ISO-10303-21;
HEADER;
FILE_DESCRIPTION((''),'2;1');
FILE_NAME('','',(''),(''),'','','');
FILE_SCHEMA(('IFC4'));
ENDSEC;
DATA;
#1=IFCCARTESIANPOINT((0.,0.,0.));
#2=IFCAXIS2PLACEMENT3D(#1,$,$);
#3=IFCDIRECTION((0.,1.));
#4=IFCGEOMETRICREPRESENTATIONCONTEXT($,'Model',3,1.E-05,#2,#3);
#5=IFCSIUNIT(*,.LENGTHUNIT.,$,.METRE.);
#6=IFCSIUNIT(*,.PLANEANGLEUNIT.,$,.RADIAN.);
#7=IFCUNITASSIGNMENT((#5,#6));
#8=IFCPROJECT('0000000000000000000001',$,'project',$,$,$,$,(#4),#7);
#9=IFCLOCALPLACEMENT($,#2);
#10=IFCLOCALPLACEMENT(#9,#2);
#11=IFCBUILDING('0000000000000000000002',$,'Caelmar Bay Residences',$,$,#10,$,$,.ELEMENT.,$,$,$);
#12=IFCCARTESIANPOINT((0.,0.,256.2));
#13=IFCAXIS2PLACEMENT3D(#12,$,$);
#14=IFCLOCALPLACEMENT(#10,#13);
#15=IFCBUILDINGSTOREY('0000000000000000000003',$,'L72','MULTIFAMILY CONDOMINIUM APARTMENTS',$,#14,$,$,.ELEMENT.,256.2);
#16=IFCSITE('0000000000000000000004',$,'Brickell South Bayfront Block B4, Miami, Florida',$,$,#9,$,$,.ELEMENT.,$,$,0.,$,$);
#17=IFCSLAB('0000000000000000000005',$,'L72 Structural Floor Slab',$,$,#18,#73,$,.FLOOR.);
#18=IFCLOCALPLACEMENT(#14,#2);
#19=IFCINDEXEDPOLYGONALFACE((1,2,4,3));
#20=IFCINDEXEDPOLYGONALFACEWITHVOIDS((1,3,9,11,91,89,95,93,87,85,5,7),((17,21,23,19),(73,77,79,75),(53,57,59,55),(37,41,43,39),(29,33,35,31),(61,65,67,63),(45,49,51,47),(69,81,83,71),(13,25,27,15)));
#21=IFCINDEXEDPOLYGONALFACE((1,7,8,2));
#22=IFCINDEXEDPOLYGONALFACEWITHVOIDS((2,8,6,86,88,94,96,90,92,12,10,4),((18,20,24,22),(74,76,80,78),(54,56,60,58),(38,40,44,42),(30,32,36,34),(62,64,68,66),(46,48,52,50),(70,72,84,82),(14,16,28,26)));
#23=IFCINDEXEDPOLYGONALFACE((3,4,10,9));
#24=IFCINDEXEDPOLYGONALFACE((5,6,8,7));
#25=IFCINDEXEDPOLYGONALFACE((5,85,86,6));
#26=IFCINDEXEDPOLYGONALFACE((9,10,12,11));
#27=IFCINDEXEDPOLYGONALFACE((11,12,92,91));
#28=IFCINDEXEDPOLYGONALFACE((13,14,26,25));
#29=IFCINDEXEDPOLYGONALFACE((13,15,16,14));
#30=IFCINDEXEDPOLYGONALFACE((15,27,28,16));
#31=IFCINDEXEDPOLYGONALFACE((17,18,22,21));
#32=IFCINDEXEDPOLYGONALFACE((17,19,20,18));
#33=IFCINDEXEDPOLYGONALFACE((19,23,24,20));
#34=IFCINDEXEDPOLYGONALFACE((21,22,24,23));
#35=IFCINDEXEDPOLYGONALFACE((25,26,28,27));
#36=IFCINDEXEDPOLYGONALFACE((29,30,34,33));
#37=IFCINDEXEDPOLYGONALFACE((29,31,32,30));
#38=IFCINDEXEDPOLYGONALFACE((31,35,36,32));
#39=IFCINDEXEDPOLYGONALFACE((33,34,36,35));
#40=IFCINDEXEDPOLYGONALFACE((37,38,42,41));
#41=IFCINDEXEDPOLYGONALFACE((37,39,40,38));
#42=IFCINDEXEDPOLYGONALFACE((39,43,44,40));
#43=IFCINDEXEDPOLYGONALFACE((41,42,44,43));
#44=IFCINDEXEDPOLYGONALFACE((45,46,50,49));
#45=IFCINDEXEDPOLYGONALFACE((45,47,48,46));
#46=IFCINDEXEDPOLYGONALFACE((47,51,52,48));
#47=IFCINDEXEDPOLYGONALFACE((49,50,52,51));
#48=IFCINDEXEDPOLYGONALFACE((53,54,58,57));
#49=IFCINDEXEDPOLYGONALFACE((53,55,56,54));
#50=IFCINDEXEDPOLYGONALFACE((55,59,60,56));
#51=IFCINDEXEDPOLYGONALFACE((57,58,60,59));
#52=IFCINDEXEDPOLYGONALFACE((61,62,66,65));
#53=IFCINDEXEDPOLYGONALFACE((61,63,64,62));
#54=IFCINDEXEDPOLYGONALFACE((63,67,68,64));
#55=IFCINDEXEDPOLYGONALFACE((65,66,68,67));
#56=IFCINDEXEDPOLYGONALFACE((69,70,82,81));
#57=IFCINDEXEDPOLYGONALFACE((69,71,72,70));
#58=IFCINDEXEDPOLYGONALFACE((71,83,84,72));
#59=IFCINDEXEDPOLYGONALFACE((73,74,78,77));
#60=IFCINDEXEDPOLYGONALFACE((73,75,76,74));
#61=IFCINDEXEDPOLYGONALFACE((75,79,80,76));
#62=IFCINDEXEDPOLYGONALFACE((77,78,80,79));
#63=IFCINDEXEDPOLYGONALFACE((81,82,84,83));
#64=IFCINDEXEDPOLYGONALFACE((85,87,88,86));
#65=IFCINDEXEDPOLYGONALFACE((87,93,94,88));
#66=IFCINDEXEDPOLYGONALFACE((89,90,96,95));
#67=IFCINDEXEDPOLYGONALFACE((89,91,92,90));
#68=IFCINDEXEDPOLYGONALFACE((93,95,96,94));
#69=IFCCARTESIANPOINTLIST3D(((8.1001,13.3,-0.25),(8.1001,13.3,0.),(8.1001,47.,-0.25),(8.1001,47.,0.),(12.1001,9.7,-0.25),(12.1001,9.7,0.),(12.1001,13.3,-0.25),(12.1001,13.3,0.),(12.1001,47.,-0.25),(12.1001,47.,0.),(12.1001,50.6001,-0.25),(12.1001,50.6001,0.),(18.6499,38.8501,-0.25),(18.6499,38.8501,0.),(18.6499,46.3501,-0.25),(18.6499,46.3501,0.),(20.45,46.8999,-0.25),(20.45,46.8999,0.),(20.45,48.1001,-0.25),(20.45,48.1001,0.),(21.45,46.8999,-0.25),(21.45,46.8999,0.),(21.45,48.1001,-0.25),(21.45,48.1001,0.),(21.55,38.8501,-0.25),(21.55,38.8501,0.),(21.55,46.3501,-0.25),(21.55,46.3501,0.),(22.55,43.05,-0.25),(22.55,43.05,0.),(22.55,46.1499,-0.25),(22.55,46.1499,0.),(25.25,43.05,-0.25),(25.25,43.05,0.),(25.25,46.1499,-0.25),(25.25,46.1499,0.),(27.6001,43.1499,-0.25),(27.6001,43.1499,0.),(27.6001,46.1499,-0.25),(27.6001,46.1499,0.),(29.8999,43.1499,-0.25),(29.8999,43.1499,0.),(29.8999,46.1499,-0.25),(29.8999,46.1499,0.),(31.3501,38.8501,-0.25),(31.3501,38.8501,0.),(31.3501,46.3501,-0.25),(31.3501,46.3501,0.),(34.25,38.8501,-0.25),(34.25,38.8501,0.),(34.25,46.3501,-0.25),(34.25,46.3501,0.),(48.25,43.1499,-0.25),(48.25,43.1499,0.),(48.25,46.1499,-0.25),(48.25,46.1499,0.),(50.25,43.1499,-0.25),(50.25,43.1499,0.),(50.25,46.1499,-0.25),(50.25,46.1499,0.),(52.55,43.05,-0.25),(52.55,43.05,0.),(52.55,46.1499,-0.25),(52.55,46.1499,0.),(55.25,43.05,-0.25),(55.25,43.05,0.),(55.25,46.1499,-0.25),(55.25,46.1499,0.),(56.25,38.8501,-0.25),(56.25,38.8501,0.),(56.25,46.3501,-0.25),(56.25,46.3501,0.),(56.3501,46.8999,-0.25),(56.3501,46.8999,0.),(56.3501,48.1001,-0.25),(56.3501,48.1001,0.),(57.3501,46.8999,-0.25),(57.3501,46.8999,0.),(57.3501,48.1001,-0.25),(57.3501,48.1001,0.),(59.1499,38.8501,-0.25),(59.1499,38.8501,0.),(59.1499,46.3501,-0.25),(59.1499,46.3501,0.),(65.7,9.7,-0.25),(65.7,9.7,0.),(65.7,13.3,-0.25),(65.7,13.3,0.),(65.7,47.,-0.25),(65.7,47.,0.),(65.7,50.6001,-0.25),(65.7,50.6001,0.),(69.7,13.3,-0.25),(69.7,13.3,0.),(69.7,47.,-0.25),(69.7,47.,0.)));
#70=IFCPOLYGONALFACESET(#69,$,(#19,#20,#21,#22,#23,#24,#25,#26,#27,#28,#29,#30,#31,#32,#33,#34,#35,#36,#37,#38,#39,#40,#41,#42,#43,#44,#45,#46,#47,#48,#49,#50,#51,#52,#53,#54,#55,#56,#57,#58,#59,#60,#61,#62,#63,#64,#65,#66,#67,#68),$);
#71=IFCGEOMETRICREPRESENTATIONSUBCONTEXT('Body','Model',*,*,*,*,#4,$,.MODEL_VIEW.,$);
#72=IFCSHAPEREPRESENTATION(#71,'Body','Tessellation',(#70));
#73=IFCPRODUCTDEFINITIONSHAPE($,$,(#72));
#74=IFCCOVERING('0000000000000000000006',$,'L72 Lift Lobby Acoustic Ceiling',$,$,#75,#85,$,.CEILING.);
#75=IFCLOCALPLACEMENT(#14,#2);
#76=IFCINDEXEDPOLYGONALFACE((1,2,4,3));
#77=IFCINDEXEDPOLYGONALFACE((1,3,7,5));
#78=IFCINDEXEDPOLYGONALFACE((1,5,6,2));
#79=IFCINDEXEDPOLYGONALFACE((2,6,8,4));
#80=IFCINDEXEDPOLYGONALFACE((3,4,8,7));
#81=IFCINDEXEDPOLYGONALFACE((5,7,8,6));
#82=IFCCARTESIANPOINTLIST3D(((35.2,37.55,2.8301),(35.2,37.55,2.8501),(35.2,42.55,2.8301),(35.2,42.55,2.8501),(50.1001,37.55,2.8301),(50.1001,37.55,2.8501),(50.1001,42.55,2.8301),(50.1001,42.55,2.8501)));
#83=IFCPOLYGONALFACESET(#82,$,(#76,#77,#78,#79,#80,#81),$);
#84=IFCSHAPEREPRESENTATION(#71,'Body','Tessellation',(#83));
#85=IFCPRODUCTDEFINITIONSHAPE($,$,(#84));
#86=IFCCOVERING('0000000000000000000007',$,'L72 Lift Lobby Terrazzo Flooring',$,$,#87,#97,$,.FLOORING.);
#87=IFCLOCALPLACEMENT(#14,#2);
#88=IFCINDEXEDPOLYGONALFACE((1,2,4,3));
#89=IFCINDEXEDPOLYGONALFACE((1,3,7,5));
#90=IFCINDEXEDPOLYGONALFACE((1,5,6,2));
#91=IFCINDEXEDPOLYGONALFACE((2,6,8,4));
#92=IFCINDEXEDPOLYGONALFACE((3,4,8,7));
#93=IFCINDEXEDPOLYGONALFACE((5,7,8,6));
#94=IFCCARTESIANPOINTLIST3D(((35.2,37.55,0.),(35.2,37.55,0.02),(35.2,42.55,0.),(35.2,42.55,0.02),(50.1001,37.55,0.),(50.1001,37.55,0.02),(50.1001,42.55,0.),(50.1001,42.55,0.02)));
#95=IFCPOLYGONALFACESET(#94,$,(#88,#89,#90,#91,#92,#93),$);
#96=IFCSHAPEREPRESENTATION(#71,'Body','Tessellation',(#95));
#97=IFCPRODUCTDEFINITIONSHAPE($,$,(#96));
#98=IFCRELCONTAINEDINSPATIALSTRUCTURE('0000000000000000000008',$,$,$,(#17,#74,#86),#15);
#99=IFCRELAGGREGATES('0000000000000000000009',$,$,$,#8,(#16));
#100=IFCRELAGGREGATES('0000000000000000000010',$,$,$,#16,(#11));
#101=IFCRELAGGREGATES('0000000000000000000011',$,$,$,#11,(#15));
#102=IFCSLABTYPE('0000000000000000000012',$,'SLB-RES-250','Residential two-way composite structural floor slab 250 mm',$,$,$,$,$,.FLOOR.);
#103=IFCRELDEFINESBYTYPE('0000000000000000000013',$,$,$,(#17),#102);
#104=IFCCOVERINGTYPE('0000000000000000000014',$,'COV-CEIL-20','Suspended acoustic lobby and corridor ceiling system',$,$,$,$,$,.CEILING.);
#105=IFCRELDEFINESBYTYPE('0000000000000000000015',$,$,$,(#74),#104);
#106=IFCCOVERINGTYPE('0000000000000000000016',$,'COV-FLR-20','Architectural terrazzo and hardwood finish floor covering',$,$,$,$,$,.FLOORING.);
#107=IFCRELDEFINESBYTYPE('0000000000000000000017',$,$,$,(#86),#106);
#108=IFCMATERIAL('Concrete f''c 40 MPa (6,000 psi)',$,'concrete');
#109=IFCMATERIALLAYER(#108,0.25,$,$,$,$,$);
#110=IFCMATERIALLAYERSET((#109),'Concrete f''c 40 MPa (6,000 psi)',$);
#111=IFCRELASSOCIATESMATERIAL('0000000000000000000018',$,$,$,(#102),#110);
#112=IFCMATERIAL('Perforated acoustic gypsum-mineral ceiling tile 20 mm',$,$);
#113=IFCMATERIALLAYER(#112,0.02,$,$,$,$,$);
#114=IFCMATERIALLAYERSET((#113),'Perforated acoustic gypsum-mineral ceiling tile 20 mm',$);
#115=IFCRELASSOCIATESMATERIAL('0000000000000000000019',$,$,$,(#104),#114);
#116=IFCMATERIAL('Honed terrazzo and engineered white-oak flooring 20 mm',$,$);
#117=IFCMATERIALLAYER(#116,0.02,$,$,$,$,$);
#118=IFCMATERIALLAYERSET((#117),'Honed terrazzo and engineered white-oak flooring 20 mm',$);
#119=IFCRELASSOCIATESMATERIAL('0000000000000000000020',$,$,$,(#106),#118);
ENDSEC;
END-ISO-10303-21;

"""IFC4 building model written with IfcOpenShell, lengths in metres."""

from ifc_helpers import new_model, si_unit, direction, frame, origin, place, context, subcontext, project, spatial, polyline, outline, extrude, material, layer, layer_set, type_object, element, save


model = new_model("IFC4")

# Units and contexts
model_context = context("Model", 3, precision=1e-05, world=origin(), true_north=direction((0.0, 1.0)))
body_context = subcontext(model_context, "Body", "Model", "MODEL_VIEW")
ifc_project = project(units=[si_unit("LENGTHUNIT", "METRE"), si_unit("PLANEANGLEUNIT", "RADIAN")], contexts=[model_context])

# Site, building, storey
site_placement = place(None, origin())
site = spatial("IfcSite", under=ifc_project, at=site_placement, Name="Brickell South Bayfront Block B4, Miami, Florida", CompositionType="ELEMENT", RefElevation=0.0)
building_placement = place(site_placement, origin())
building = spatial("IfcBuilding", under=site, at=building_placement, Name="Caelmar Bay Residences", CompositionType="ELEMENT")
storey_placement = place(building_placement, frame((0.0, 0.0, 256.2)))
storey = spatial("IfcBuildingStorey", under=building, at=storey_placement, Name="L72", Description="MULTIFAMILY CONDOMINIUM APARTMENTS", CompositionType="ELEMENT", Elevation=256.2)

# Shared definitions
ifc_material_1 = material(Name="Concrete f'c 40 MPa (6,000 psi)", Category="concrete")

# Slab
ifc_layer_1 = layer(ifc_material_1, 0.25)
ifc_layer_set_1 = layer_set([ifc_layer_1], Name="Concrete f'c 40 MPa (6,000 psi)")
slab_type_1 = type_object("IfcSlabType", Name="SLB-RES-250", Description="Residential two-way composite structural floor slab 250 mm", PredefinedType="FLOOR", material=ifc_layer_set_1)
slab_1_placement = place(storey_placement, frame((0.0, 0.0, -0.25)))
element("IfcSlab", 1, at=slab_1_placement, inside=storey, type_object=slab_type_1, Name="L72 Structural Floor Slab", PredefinedType="FLOOR", context=body_context, shape_type="SweptSolid", body=[
    extrude(outline(polyline([(12.1001, 9.7), (65.7, 9.7), (65.7, 13.3), (69.7, 13.3), (69.7, 47.0), (65.7, 47.0), (65.7, 50.6001), (12.1001, 50.6001), (12.1001, 47.0), (8.1001, 47.0), (8.1001, 13.3), (12.1001, 13.3), (12.1001, 9.7)]), holes=[polyline([(18.6499, 38.8501), (21.55, 38.8501), (21.55, 46.3501), (18.6499, 46.3501), (18.6499, 38.8501)]), polyline([(56.25, 38.8501), (59.1499, 38.8501), (59.1499, 46.3501), (56.25, 46.3501), (56.25, 38.8501)]), polyline([(31.3501, 38.8501), (34.25, 38.8501), (34.25, 46.3501), (31.3501, 46.3501), (31.3501, 38.8501)]), polyline([(22.55, 43.05), (25.25, 43.05), (25.25, 46.1499), (22.55, 46.1499), (22.55, 43.05)]), polyline([(52.55, 43.05), (55.25, 43.05), (55.25, 46.1499), (52.55, 46.1499), (52.55, 43.05)]), polyline([(48.25, 43.1499), (50.25, 43.1499), (50.25, 46.1499), (48.25, 46.1499), (48.25, 43.1499)]), polyline([(27.6001, 43.1499), (29.8999, 43.1499), (29.8999, 46.1499), (27.6001, 46.1499), (27.6001, 43.1499)]), polyline([(20.45, 46.8999), (21.45, 46.8999), (21.45, 48.1001), (20.45, 48.1001), (20.45, 46.8999)]), polyline([(56.3501, 46.8999), (57.3501, 46.8999), (57.3501, 48.1001), (56.3501, 48.1001), (56.3501, 46.8999)])]), origin(), (0.0, 0.0, 1.0), 0.25),
])

# Coverings
ifc_material_2 = material(Name="Perforated acoustic gypsum-mineral ceiling tile 20 mm")
ifc_layer_2 = layer(ifc_material_2, 0.02)
ifc_layer_set_2 = layer_set([ifc_layer_2], Name="Perforated acoustic gypsum-mineral ceiling tile 20 mm")
covering_type_1 = type_object("IfcCoveringType", Name="COV-CEIL-20", Description="Suspended acoustic lobby and corridor ceiling system", PredefinedType="CEILING", material=ifc_layer_set_2)
covering_1_placement = place(storey_placement, frame((0.0, 0.0, 2.8301)))
element("IfcCovering", 2, at=covering_1_placement, inside=storey, type_object=covering_type_1, Name="L72 Lift Lobby Acoustic Ceiling", PredefinedType="CEILING", context=body_context, shape_type="SweptSolid", body=[
    extrude(outline(polyline([(35.2, 37.55), (50.1001, 37.55), (50.1001, 42.55), (35.2, 42.55), (35.2, 37.55)])), origin(), (0.0, 0.0, 1.0), 0.02),
])
ifc_material_3 = material(Name="Honed terrazzo and engineered white-oak flooring 20 mm")
ifc_layer_3 = layer(ifc_material_3, 0.02)
ifc_layer_set_3 = layer_set([ifc_layer_3], Name="Honed terrazzo and engineered white-oak flooring 20 mm")
covering_type_2 = type_object("IfcCoveringType", Name="COV-FLR-20", Description="Architectural terrazzo and hardwood finish floor covering", PredefinedType="FLOORING", material=ifc_layer_set_3)
covering_2_placement = place(storey_placement, origin())
element("IfcCovering", 3, at=covering_2_placement, inside=storey, type_object=covering_type_2, Name="L72 Lift Lobby Terrazzo Flooring", PredefinedType="FLOORING", context=body_context, shape_type="SweptSolid", body=[
    extrude(outline(polyline([(35.2, 37.55), (50.1001, 37.55), (50.1001, 42.55), (35.2, 42.55), (35.2, 37.55)])), origin(), (0.0, 0.0, 1.0), 0.02),
])

save(model, "model.ifc")
